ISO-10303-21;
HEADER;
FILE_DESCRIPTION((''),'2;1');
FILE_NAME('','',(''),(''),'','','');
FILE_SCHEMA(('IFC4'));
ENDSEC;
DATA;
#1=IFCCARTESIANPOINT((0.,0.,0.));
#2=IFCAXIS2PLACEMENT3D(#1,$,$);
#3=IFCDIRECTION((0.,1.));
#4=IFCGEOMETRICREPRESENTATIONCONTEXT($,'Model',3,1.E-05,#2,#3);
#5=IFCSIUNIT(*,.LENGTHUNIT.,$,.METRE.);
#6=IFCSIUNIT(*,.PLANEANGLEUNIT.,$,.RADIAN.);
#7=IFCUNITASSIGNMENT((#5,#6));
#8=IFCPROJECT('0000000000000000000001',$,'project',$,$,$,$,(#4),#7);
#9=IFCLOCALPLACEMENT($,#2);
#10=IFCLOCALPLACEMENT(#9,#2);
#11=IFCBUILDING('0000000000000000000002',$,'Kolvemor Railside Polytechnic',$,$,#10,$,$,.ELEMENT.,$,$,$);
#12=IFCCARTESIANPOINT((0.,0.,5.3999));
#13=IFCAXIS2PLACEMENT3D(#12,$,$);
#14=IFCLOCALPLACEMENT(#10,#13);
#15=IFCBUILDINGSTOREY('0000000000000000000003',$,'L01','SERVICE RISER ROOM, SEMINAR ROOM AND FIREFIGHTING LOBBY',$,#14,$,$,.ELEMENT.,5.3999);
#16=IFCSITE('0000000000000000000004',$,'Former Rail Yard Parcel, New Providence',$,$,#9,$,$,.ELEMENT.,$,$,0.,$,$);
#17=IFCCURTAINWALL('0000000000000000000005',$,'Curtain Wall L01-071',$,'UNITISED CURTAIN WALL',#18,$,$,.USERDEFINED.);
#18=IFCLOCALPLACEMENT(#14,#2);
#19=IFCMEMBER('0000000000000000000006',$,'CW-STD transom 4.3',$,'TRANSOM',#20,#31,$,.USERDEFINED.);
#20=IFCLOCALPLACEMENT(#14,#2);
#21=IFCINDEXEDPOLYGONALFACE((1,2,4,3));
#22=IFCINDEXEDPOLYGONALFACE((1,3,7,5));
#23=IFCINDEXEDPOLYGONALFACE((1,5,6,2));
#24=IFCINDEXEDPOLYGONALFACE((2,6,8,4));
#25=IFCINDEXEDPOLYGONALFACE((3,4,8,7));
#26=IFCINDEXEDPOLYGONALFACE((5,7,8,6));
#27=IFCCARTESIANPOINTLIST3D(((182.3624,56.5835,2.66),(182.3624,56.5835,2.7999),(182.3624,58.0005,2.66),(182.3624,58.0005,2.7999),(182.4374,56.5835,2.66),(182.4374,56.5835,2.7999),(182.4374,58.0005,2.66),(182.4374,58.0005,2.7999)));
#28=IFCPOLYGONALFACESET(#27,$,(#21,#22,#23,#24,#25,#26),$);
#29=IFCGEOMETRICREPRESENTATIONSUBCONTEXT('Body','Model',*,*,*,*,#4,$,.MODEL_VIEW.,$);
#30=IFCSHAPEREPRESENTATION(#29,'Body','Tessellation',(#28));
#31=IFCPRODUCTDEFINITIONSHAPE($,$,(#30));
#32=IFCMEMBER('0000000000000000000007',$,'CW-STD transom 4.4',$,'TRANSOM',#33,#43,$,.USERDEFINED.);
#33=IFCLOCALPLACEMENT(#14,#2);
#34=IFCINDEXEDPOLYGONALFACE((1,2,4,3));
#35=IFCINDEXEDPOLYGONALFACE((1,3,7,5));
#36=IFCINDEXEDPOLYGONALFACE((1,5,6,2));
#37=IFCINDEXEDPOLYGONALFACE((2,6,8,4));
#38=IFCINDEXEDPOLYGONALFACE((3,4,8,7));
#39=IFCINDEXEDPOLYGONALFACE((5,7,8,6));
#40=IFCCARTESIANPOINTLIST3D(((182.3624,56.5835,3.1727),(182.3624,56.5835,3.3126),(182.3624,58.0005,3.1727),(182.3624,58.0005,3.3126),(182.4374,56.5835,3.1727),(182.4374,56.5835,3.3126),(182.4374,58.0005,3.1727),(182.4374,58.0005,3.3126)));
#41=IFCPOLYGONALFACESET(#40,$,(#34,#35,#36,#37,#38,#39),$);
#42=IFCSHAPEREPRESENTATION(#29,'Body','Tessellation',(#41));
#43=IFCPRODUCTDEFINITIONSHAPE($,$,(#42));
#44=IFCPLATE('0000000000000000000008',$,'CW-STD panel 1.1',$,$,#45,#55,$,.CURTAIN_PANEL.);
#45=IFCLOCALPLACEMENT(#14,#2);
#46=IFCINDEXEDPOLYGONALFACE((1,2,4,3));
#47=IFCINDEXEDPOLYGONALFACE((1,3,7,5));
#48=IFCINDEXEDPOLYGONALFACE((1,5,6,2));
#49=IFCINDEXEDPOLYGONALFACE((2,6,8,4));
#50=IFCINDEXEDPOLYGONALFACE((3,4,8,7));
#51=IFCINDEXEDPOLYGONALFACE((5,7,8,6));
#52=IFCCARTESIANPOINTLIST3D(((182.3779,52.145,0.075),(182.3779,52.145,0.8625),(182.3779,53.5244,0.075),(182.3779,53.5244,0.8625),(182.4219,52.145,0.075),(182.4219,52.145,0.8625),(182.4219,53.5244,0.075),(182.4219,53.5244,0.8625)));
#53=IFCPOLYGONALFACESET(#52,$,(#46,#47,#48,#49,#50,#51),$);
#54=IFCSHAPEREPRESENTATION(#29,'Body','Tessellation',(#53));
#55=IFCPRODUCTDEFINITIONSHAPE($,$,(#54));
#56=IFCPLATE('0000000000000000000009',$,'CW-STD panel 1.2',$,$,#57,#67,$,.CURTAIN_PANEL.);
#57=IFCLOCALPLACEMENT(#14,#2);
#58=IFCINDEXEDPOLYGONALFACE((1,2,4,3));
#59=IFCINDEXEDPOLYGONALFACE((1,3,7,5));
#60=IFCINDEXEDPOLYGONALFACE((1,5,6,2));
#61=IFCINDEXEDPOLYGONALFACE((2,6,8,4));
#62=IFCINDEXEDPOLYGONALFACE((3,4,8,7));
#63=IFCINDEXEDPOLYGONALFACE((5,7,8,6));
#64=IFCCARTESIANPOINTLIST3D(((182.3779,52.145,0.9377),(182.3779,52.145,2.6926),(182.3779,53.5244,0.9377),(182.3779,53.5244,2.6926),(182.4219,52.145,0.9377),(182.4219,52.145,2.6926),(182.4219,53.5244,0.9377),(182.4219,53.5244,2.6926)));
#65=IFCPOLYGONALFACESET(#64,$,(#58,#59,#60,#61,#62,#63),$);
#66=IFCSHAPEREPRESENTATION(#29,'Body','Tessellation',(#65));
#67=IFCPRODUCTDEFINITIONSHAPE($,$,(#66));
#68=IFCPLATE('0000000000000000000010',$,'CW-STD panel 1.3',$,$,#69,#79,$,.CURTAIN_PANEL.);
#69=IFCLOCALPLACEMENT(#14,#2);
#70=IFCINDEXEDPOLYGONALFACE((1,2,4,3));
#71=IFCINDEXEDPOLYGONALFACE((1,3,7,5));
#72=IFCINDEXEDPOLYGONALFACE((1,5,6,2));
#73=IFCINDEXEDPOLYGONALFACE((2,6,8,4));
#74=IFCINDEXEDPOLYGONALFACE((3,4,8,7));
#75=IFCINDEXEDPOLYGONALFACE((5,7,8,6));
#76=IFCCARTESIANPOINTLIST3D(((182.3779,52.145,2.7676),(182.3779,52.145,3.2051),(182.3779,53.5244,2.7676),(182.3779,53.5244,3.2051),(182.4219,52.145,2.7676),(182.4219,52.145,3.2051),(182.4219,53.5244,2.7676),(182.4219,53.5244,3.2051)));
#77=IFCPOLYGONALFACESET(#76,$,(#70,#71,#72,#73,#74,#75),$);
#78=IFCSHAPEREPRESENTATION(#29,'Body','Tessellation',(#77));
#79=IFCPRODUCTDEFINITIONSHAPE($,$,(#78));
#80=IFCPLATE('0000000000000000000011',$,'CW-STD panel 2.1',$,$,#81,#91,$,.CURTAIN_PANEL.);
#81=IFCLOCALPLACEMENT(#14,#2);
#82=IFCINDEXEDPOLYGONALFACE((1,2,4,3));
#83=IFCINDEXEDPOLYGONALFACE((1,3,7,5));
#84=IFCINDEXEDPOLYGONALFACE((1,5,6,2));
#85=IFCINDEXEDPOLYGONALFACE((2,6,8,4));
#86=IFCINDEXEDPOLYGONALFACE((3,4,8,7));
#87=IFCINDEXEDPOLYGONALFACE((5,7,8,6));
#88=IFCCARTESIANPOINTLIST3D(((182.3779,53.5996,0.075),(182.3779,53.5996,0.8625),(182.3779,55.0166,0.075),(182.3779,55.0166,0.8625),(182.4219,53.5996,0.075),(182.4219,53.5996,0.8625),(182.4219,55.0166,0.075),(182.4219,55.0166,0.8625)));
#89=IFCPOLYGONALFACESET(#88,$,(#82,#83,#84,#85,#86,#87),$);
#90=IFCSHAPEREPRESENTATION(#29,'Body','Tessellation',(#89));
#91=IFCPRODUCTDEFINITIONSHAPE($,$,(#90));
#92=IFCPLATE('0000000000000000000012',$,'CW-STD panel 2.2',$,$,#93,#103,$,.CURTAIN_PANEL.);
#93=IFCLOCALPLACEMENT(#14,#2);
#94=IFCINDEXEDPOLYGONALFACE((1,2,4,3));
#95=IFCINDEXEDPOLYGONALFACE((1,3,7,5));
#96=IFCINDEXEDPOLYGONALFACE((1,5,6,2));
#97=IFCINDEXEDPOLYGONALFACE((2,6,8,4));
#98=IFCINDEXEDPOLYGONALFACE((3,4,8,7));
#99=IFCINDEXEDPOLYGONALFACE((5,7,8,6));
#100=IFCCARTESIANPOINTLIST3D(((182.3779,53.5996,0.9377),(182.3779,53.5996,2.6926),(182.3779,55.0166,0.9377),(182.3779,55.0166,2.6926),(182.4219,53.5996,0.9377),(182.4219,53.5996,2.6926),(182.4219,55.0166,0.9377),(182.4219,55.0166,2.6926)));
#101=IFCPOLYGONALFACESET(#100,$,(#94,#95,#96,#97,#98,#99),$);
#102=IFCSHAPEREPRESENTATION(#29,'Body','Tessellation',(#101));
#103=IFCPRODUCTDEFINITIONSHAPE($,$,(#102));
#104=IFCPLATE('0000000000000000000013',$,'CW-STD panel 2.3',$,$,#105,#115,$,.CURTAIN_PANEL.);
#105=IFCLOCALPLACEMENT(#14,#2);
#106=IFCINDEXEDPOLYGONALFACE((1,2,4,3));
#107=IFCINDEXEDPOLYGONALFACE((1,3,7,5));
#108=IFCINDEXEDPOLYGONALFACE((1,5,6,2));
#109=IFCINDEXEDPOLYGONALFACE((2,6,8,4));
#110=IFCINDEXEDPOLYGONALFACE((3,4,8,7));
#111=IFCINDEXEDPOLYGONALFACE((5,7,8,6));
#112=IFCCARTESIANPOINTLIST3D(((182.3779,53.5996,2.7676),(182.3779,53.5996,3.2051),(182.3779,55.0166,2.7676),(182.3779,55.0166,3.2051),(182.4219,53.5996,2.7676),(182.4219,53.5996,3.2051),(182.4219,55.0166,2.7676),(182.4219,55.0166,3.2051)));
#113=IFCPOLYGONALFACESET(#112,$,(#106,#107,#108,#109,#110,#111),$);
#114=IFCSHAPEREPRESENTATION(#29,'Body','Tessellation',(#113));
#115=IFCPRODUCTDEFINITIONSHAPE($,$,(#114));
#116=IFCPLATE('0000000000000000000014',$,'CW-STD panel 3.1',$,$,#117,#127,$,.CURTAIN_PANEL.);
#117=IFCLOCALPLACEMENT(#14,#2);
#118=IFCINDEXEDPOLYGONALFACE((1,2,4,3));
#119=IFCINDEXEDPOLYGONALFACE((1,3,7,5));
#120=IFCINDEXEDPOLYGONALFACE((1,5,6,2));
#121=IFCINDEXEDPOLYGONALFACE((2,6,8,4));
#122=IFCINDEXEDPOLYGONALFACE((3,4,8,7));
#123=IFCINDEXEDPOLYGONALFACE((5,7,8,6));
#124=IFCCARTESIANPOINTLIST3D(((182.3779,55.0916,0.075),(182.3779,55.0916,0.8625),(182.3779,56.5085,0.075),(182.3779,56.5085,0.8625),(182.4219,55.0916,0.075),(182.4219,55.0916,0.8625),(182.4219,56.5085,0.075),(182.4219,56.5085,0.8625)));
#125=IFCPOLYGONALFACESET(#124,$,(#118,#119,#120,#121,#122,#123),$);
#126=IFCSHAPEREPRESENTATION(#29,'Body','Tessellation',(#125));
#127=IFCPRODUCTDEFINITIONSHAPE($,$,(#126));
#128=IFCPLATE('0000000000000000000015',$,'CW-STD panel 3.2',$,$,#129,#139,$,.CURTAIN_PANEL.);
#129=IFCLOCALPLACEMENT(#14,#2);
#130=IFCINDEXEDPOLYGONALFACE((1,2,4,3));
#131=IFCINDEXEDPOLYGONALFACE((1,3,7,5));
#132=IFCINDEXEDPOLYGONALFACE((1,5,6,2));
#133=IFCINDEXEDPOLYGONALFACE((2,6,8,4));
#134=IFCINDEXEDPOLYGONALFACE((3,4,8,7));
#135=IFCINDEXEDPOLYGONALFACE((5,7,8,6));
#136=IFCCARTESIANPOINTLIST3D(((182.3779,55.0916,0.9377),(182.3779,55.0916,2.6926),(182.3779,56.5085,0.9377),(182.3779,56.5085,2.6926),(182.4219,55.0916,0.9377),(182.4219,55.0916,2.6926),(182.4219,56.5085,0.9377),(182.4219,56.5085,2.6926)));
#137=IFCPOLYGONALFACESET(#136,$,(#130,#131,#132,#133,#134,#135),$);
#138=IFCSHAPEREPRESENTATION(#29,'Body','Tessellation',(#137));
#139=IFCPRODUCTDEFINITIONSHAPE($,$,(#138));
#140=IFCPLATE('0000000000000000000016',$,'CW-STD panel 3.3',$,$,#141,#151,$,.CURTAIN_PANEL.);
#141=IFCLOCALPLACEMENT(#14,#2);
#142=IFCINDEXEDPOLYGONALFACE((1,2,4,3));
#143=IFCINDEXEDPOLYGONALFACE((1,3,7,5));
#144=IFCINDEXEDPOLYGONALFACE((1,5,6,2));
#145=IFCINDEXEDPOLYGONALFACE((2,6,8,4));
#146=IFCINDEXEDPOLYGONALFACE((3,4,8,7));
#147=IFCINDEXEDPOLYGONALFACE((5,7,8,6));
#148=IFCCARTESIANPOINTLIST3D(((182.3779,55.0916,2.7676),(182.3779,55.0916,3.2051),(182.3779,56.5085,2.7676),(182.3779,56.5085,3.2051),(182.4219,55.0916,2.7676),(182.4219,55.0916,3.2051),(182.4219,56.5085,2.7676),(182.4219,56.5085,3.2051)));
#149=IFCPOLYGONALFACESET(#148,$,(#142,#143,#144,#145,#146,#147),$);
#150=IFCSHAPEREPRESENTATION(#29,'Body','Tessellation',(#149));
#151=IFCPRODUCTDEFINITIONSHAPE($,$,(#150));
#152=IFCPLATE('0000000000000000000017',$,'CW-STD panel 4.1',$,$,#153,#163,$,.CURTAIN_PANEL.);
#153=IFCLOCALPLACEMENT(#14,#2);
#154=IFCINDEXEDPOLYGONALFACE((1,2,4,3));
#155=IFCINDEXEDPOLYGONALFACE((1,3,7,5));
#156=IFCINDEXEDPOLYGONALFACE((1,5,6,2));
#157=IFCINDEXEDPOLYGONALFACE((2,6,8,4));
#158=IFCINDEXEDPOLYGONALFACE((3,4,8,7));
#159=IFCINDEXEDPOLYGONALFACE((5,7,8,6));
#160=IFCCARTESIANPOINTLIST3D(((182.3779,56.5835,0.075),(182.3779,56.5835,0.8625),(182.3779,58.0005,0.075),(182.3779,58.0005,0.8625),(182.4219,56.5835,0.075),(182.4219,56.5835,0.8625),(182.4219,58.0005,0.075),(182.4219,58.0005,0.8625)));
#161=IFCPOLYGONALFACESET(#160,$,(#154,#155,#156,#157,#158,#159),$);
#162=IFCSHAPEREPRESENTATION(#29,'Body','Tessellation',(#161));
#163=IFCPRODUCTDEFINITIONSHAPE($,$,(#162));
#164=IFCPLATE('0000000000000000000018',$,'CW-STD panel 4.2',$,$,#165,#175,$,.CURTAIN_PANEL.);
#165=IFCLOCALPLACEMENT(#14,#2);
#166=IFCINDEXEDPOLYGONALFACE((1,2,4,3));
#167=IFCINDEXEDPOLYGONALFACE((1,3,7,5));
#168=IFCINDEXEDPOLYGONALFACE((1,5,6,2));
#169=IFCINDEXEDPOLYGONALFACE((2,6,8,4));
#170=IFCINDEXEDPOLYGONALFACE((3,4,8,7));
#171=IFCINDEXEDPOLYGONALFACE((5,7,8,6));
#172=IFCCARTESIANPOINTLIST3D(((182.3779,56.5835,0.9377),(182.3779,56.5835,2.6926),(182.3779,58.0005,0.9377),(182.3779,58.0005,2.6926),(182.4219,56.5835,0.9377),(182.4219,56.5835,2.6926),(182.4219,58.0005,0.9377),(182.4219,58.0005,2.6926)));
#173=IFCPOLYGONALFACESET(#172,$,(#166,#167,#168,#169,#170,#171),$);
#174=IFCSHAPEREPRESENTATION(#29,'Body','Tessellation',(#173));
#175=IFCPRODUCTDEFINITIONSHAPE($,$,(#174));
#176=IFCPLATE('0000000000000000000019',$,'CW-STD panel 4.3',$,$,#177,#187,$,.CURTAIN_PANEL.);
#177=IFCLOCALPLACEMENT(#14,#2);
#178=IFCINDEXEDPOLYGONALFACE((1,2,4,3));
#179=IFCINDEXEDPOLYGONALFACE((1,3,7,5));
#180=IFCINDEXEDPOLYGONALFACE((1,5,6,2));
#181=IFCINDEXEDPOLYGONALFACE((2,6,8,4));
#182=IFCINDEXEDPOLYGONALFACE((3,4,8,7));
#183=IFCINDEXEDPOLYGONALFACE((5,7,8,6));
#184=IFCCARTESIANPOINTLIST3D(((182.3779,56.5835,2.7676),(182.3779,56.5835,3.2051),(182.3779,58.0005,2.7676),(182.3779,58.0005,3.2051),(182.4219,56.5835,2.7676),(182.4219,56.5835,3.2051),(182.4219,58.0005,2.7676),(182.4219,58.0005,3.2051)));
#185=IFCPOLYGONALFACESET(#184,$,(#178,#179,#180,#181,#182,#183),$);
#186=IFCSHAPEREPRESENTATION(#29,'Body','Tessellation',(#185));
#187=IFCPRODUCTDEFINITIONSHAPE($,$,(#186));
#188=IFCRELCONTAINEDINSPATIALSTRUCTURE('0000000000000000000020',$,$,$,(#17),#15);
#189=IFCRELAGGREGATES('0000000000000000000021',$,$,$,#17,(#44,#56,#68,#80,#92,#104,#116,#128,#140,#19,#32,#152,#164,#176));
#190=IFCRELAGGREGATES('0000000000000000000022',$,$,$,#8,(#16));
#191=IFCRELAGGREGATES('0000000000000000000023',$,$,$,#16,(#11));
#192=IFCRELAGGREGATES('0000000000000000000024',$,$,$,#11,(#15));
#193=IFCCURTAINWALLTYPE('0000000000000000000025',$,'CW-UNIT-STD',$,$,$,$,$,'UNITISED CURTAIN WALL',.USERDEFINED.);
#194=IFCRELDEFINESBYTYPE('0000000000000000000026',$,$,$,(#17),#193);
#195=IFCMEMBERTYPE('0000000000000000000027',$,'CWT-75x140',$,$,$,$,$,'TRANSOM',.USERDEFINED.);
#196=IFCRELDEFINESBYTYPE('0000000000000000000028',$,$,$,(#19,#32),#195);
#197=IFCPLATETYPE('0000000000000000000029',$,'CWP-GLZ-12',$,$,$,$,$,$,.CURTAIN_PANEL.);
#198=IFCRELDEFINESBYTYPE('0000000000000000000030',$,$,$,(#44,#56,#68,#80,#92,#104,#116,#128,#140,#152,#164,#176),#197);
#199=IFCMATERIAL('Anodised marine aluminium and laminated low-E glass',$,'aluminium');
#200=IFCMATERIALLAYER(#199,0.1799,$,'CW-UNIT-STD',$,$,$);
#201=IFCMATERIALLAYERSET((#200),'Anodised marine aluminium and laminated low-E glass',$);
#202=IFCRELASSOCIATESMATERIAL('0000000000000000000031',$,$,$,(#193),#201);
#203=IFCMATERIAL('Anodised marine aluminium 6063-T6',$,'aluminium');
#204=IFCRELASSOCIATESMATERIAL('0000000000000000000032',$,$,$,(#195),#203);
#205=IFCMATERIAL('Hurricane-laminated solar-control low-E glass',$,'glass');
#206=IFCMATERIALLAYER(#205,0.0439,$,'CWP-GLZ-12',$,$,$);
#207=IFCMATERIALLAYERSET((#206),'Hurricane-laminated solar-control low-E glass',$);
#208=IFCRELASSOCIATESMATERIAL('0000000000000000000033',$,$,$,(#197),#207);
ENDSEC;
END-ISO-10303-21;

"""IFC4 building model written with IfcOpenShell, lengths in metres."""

from ifc_helpers import new_model, si_unit, direction, frame, origin, origin_2d, place, context, subcontext, project, spatial, rectangle, extrude, material, layer, layer_set, material_profile, profile_set, type_object, element, aggregate, save


model = new_model("IFC4")

# Units and contexts
model_context = context("Model", 3, precision=1e-05, world=origin(), true_north=direction((0.0, 1.0)))
body_context = subcontext(model_context, "Body", "Model", "MODEL_VIEW")
ifc_project = project(units=[si_unit("LENGTHUNIT", "METRE"), si_unit("PLANEANGLEUNIT", "RADIAN")], contexts=[model_context])

# Site, building, storey
site_placement = place(None, origin())
site = spatial("IfcSite", under=ifc_project, at=site_placement, Name="Former Rail Yard Parcel, New Providence", CompositionType="ELEMENT", RefElevation=0.0)
building_placement = place(site_placement, origin())
building = spatial("IfcBuilding", under=site, at=building_placement, Name="Kolvemor Railside Polytechnic", CompositionType="ELEMENT")
storey_placement = place(building_placement, frame((0.0, 0.0, 5.3999)))
storey = spatial("IfcBuildingStorey", under=building, at=storey_placement, Name="L01", Description="SERVICE RISER ROOM, SEMINAR ROOM AND FIREFIGHTING LOBBY", CompositionType="ELEMENT", Elevation=5.3999)

# Curtain wall, members, plates
ifc_material_1 = material(Name="Anodised marine aluminium and laminated low-E glass", Category="aluminium")
ifc_layer_1 = layer(ifc_material_1, 0.1799, Name="CW-UNIT-STD")
ifc_layer_set_1 = layer_set([ifc_layer_1], Name="Anodised marine aluminium and laminated low-E glass")
curtain_wall_type = type_object("IfcCurtainWallType", Name="CW-UNIT-STD", ElementType="UNITISED CURTAIN WALL", PredefinedType="USERDEFINED", material=ifc_layer_set_1)
curtain_wall_placement = place(storey_placement, origin())
curtain_wall = element("IfcCurtainWall", 1, at=curtain_wall_placement, inside=storey, type_object=curtain_wall_type, Name="Curtain Wall L01-071", ObjectType="UNITISED CURTAIN WALL", PredefinedType="USERDEFINED")
ifc_material_2 = material(Name="Anodised marine aluminium 6063-T6", Category="aluminium")
ifc_material_profile_1 = material_profile(ifc_material_2, rectangle(XDim=0.075, YDim=0.1399, at=origin_2d()), Name="CW-TRN-75x140")
ifc_profile_set_1 = profile_set([ifc_material_profile_1], Name="Anodised marine aluminium 6063-T6")
member_type_1 = type_object("IfcMemberType", Name="CWT-75x140", ElementType="TRANSOM", PredefinedType="USERDEFINED", material=ifc_profile_set_1)
member_1_placement = place(storey_placement, frame((182.3999, 56.5835, 2.73), z_axis=(0.0, 1.0, 0.0), x_axis=(-1.0, 0.0, 0.0)))
member_1 = element("IfcMember", 2, at=member_1_placement, type_object=member_type_1, Name="CW-STD transom 4.3", ObjectType="TRANSOM", PredefinedType="USERDEFINED", context=body_context, shape_type="SweptSolid", body=[
    extrude(rectangle(XDim=0.075, YDim=0.1399, at=origin_2d()), origin(), (0.0, 0.0, 1.0), 1.417),
])
member_2_placement = place(storey_placement, frame((182.3999, 56.5835, 3.2427), z_axis=(0.0, 1.0, 0.0), x_axis=(-1.0, 0.0, 0.0)))
member_2 = element("IfcMember", 3, at=member_2_placement, type_object=member_type_1, Name="CW-STD transom 4.4", ObjectType="TRANSOM", PredefinedType="USERDEFINED", context=body_context, shape_type="SweptSolid", body=[
    extrude(rectangle(XDim=0.075, YDim=0.1399, at=origin_2d()), origin(), (0.0, 0.0, 1.0), 1.417),
])
ifc_material_3 = material(Name="Hurricane-laminated solar-control low-E glass", Category="glass")
ifc_layer_2 = layer(ifc_material_3, 0.0439, Name="CWP-GLZ-12")
ifc_layer_set_2 = layer_set([ifc_layer_2], Name="Hurricane-laminated solar-control low-E glass")
plate_type = type_object("IfcPlateType", Name="CWP-GLZ-12", PredefinedType="CURTAIN_PANEL", material=ifc_layer_set_2)
plate_1_placement = place(storey_placement, frame((182.3999, 52.8347, 0.075), z_axis=(0.0, 0.0, 1.0), x_axis=(0.0, 1.0, 0.0)))
plate_1 = element("IfcPlate", 4, at=plate_1_placement, type_object=plate_type, Name="CW-STD panel 1.1", PredefinedType="CURTAIN_PANEL", context=body_context, shape_type="SweptSolid", body=[
    extrude(rectangle(XDim=1.3794, YDim=0.0439, at=origin_2d()), origin(), (0.0, 0.0, 1.0), 0.7876),
])
plate_2_placement = place(storey_placement, frame((182.3999, 52.8347, 0.9377), z_axis=(0.0, 0.0, 1.0), x_axis=(0.0, 1.0, 0.0)))
plate_2 = element("IfcPlate", 5, at=plate_2_placement, type_object=plate_type, Name="CW-STD panel 1.2", PredefinedType="CURTAIN_PANEL", context=body_context, shape_type="SweptSolid", body=[
    extrude(rectangle(XDim=1.3794, YDim=0.0439, at=origin_2d()), origin(), (0.0, 0.0, 1.0), 1.7549),
])
plate_3_placement = place(storey_placement, frame((182.3999, 52.8347, 2.7676), z_axis=(0.0, 0.0, 1.0), x_axis=(0.0, 1.0, 0.0)))
plate_3 = element("IfcPlate", 6, at=plate_3_placement, type_object=plate_type, Name="CW-STD panel 1.3", PredefinedType="CURTAIN_PANEL", context=body_context, shape_type="SweptSolid", body=[
    extrude(rectangle(XDim=1.3794, YDim=0.0439, at=origin_2d()), origin(), (0.0, 0.0, 1.0), 0.4375),
])
plate_4_placement = place(storey_placement, frame((182.3999, 54.3081, 0.075), z_axis=(0.0, 0.0, 1.0), x_axis=(0.0, 1.0, 0.0)))
plate_4 = element("IfcPlate", 7, at=plate_4_placement, type_object=plate_type, Name="CW-STD panel 2.1", PredefinedType="CURTAIN_PANEL", context=body_context, shape_type="SweptSolid", body=[
    extrude(rectangle(XDim=1.417, YDim=0.0439, at=origin_2d()), origin(), (0.0, 0.0, 1.0), 0.7876),
])
plate_5_placement = place(storey_placement, frame((182.3999, 54.3081, 0.9377), z_axis=(0.0, 0.0, 1.0), x_axis=(0.0, 1.0, 0.0)))
plate_5 = element("IfcPlate", 8, at=plate_5_placement, type_object=plate_type, Name="CW-STD panel 2.2", PredefinedType="CURTAIN_PANEL", context=body_context, shape_type="SweptSolid", body=[
    extrude(rectangle(XDim=1.417, YDim=0.0439, at=origin_2d()), origin(), (0.0, 0.0, 1.0), 1.7549),
])
plate_6_placement = place(storey_placement, frame((182.3999, 54.3081, 2.7676), z_axis=(0.0, 0.0, 1.0), x_axis=(0.0, 1.0, 0.0)))
plate_6 = element("IfcPlate", 9, at=plate_6_placement, type_object=plate_type, Name="CW-STD panel 2.3", PredefinedType="CURTAIN_PANEL", context=body_context, shape_type="SweptSolid", body=[
    extrude(rectangle(XDim=1.417, YDim=0.0439, at=origin_2d()), origin(), (0.0, 0.0, 1.0), 0.4375),
])
plate_7_placement = place(storey_placement, frame((182.3999, 55.8, 0.075), z_axis=(0.0, 0.0, 1.0), x_axis=(0.0, 1.0, 0.0)))
plate_7 = element("IfcPlate", 10, at=plate_7_placement, type_object=plate_type, Name="CW-STD panel 3.1", PredefinedType="CURTAIN_PANEL", context=body_context, shape_type="SweptSolid", body=[
    extrude(rectangle(XDim=1.417, YDim=0.0439, at=origin_2d()), origin(), (0.0, 0.0, 1.0), 0.7876),
])
plate_8_placement = place(storey_placement, frame((182.3999, 55.8, 0.9377), z_axis=(0.0, 0.0, 1.0), x_axis=(0.0, 1.0, 0.0)))
plate_8 = element("IfcPlate", 11, at=plate_8_placement, type_object=plate_type, Name="CW-STD panel 3.2", PredefinedType="CURTAIN_PANEL", context=body_context, shape_type="SweptSolid", body=[
    extrude(rectangle(XDim=1.417, YDim=0.0439, at=origin_2d()), origin(), (0.0, 0.0, 1.0), 1.7549),
])
plate_9_placement = place(storey_placement, frame((182.3999, 55.8, 2.7676), z_axis=(0.0, 0.0, 1.0), x_axis=(0.0, 1.0, 0.0)))
plate_9 = element("IfcPlate", 12, at=plate_9_placement, type_object=plate_type, Name="CW-STD panel 3.3", PredefinedType="CURTAIN_PANEL", context=body_context, shape_type="SweptSolid", body=[
    extrude(rectangle(XDim=1.417, YDim=0.0439, at=origin_2d()), origin(), (0.0, 0.0, 1.0), 0.4375),
])
plate_10_placement = place(storey_placement, frame((182.3999, 57.292, 0.075), z_axis=(0.0, 0.0, 1.0), x_axis=(0.0, 1.0, 0.0)))
plate_10 = element("IfcPlate", 13, at=plate_10_placement, type_object=plate_type, Name="CW-STD panel 4.1", PredefinedType="CURTAIN_PANEL", context=body_context, shape_type="SweptSolid", body=[
    extrude(rectangle(XDim=1.417, YDim=0.0439, at=origin_2d()), origin(), (0.0, 0.0, 1.0), 0.7876),
])
plate_11_placement = place(storey_placement, frame((182.3999, 57.292, 0.9377), z_axis=(0.0, 0.0, 1.0), x_axis=(0.0, 1.0, 0.0)))
plate_11 = element("IfcPlate", 14, at=plate_11_placement, type_object=plate_type, Name="CW-STD panel 4.2", PredefinedType="CURTAIN_PANEL", context=body_context, shape_type="SweptSolid", body=[
    extrude(rectangle(XDim=1.417, YDim=0.0439, at=origin_2d()), origin(), (0.0, 0.0, 1.0), 1.7549),
])
plate_12_placement = place(storey_placement, frame((182.3999, 57.292, 2.7676), z_axis=(0.0, 0.0, 1.0), x_axis=(0.0, 1.0, 0.0)))
plate_12 = element("IfcPlate", 15, at=plate_12_placement, type_object=plate_type, Name="CW-STD panel 4.3", PredefinedType="CURTAIN_PANEL", context=body_context, shape_type="SweptSolid", body=[
    extrude(rectangle(XDim=1.417, YDim=0.0439, at=origin_2d()), origin(), (0.0, 0.0, 1.0), 0.4375),
])
aggregate(curtain_wall, [plate_1, plate_2, plate_3, plate_4, plate_5, plate_6, plate_7, plate_8, plate_9, member_1, member_2, plate_10, plate_11, plate_12])

save(model, "model.ifc")
